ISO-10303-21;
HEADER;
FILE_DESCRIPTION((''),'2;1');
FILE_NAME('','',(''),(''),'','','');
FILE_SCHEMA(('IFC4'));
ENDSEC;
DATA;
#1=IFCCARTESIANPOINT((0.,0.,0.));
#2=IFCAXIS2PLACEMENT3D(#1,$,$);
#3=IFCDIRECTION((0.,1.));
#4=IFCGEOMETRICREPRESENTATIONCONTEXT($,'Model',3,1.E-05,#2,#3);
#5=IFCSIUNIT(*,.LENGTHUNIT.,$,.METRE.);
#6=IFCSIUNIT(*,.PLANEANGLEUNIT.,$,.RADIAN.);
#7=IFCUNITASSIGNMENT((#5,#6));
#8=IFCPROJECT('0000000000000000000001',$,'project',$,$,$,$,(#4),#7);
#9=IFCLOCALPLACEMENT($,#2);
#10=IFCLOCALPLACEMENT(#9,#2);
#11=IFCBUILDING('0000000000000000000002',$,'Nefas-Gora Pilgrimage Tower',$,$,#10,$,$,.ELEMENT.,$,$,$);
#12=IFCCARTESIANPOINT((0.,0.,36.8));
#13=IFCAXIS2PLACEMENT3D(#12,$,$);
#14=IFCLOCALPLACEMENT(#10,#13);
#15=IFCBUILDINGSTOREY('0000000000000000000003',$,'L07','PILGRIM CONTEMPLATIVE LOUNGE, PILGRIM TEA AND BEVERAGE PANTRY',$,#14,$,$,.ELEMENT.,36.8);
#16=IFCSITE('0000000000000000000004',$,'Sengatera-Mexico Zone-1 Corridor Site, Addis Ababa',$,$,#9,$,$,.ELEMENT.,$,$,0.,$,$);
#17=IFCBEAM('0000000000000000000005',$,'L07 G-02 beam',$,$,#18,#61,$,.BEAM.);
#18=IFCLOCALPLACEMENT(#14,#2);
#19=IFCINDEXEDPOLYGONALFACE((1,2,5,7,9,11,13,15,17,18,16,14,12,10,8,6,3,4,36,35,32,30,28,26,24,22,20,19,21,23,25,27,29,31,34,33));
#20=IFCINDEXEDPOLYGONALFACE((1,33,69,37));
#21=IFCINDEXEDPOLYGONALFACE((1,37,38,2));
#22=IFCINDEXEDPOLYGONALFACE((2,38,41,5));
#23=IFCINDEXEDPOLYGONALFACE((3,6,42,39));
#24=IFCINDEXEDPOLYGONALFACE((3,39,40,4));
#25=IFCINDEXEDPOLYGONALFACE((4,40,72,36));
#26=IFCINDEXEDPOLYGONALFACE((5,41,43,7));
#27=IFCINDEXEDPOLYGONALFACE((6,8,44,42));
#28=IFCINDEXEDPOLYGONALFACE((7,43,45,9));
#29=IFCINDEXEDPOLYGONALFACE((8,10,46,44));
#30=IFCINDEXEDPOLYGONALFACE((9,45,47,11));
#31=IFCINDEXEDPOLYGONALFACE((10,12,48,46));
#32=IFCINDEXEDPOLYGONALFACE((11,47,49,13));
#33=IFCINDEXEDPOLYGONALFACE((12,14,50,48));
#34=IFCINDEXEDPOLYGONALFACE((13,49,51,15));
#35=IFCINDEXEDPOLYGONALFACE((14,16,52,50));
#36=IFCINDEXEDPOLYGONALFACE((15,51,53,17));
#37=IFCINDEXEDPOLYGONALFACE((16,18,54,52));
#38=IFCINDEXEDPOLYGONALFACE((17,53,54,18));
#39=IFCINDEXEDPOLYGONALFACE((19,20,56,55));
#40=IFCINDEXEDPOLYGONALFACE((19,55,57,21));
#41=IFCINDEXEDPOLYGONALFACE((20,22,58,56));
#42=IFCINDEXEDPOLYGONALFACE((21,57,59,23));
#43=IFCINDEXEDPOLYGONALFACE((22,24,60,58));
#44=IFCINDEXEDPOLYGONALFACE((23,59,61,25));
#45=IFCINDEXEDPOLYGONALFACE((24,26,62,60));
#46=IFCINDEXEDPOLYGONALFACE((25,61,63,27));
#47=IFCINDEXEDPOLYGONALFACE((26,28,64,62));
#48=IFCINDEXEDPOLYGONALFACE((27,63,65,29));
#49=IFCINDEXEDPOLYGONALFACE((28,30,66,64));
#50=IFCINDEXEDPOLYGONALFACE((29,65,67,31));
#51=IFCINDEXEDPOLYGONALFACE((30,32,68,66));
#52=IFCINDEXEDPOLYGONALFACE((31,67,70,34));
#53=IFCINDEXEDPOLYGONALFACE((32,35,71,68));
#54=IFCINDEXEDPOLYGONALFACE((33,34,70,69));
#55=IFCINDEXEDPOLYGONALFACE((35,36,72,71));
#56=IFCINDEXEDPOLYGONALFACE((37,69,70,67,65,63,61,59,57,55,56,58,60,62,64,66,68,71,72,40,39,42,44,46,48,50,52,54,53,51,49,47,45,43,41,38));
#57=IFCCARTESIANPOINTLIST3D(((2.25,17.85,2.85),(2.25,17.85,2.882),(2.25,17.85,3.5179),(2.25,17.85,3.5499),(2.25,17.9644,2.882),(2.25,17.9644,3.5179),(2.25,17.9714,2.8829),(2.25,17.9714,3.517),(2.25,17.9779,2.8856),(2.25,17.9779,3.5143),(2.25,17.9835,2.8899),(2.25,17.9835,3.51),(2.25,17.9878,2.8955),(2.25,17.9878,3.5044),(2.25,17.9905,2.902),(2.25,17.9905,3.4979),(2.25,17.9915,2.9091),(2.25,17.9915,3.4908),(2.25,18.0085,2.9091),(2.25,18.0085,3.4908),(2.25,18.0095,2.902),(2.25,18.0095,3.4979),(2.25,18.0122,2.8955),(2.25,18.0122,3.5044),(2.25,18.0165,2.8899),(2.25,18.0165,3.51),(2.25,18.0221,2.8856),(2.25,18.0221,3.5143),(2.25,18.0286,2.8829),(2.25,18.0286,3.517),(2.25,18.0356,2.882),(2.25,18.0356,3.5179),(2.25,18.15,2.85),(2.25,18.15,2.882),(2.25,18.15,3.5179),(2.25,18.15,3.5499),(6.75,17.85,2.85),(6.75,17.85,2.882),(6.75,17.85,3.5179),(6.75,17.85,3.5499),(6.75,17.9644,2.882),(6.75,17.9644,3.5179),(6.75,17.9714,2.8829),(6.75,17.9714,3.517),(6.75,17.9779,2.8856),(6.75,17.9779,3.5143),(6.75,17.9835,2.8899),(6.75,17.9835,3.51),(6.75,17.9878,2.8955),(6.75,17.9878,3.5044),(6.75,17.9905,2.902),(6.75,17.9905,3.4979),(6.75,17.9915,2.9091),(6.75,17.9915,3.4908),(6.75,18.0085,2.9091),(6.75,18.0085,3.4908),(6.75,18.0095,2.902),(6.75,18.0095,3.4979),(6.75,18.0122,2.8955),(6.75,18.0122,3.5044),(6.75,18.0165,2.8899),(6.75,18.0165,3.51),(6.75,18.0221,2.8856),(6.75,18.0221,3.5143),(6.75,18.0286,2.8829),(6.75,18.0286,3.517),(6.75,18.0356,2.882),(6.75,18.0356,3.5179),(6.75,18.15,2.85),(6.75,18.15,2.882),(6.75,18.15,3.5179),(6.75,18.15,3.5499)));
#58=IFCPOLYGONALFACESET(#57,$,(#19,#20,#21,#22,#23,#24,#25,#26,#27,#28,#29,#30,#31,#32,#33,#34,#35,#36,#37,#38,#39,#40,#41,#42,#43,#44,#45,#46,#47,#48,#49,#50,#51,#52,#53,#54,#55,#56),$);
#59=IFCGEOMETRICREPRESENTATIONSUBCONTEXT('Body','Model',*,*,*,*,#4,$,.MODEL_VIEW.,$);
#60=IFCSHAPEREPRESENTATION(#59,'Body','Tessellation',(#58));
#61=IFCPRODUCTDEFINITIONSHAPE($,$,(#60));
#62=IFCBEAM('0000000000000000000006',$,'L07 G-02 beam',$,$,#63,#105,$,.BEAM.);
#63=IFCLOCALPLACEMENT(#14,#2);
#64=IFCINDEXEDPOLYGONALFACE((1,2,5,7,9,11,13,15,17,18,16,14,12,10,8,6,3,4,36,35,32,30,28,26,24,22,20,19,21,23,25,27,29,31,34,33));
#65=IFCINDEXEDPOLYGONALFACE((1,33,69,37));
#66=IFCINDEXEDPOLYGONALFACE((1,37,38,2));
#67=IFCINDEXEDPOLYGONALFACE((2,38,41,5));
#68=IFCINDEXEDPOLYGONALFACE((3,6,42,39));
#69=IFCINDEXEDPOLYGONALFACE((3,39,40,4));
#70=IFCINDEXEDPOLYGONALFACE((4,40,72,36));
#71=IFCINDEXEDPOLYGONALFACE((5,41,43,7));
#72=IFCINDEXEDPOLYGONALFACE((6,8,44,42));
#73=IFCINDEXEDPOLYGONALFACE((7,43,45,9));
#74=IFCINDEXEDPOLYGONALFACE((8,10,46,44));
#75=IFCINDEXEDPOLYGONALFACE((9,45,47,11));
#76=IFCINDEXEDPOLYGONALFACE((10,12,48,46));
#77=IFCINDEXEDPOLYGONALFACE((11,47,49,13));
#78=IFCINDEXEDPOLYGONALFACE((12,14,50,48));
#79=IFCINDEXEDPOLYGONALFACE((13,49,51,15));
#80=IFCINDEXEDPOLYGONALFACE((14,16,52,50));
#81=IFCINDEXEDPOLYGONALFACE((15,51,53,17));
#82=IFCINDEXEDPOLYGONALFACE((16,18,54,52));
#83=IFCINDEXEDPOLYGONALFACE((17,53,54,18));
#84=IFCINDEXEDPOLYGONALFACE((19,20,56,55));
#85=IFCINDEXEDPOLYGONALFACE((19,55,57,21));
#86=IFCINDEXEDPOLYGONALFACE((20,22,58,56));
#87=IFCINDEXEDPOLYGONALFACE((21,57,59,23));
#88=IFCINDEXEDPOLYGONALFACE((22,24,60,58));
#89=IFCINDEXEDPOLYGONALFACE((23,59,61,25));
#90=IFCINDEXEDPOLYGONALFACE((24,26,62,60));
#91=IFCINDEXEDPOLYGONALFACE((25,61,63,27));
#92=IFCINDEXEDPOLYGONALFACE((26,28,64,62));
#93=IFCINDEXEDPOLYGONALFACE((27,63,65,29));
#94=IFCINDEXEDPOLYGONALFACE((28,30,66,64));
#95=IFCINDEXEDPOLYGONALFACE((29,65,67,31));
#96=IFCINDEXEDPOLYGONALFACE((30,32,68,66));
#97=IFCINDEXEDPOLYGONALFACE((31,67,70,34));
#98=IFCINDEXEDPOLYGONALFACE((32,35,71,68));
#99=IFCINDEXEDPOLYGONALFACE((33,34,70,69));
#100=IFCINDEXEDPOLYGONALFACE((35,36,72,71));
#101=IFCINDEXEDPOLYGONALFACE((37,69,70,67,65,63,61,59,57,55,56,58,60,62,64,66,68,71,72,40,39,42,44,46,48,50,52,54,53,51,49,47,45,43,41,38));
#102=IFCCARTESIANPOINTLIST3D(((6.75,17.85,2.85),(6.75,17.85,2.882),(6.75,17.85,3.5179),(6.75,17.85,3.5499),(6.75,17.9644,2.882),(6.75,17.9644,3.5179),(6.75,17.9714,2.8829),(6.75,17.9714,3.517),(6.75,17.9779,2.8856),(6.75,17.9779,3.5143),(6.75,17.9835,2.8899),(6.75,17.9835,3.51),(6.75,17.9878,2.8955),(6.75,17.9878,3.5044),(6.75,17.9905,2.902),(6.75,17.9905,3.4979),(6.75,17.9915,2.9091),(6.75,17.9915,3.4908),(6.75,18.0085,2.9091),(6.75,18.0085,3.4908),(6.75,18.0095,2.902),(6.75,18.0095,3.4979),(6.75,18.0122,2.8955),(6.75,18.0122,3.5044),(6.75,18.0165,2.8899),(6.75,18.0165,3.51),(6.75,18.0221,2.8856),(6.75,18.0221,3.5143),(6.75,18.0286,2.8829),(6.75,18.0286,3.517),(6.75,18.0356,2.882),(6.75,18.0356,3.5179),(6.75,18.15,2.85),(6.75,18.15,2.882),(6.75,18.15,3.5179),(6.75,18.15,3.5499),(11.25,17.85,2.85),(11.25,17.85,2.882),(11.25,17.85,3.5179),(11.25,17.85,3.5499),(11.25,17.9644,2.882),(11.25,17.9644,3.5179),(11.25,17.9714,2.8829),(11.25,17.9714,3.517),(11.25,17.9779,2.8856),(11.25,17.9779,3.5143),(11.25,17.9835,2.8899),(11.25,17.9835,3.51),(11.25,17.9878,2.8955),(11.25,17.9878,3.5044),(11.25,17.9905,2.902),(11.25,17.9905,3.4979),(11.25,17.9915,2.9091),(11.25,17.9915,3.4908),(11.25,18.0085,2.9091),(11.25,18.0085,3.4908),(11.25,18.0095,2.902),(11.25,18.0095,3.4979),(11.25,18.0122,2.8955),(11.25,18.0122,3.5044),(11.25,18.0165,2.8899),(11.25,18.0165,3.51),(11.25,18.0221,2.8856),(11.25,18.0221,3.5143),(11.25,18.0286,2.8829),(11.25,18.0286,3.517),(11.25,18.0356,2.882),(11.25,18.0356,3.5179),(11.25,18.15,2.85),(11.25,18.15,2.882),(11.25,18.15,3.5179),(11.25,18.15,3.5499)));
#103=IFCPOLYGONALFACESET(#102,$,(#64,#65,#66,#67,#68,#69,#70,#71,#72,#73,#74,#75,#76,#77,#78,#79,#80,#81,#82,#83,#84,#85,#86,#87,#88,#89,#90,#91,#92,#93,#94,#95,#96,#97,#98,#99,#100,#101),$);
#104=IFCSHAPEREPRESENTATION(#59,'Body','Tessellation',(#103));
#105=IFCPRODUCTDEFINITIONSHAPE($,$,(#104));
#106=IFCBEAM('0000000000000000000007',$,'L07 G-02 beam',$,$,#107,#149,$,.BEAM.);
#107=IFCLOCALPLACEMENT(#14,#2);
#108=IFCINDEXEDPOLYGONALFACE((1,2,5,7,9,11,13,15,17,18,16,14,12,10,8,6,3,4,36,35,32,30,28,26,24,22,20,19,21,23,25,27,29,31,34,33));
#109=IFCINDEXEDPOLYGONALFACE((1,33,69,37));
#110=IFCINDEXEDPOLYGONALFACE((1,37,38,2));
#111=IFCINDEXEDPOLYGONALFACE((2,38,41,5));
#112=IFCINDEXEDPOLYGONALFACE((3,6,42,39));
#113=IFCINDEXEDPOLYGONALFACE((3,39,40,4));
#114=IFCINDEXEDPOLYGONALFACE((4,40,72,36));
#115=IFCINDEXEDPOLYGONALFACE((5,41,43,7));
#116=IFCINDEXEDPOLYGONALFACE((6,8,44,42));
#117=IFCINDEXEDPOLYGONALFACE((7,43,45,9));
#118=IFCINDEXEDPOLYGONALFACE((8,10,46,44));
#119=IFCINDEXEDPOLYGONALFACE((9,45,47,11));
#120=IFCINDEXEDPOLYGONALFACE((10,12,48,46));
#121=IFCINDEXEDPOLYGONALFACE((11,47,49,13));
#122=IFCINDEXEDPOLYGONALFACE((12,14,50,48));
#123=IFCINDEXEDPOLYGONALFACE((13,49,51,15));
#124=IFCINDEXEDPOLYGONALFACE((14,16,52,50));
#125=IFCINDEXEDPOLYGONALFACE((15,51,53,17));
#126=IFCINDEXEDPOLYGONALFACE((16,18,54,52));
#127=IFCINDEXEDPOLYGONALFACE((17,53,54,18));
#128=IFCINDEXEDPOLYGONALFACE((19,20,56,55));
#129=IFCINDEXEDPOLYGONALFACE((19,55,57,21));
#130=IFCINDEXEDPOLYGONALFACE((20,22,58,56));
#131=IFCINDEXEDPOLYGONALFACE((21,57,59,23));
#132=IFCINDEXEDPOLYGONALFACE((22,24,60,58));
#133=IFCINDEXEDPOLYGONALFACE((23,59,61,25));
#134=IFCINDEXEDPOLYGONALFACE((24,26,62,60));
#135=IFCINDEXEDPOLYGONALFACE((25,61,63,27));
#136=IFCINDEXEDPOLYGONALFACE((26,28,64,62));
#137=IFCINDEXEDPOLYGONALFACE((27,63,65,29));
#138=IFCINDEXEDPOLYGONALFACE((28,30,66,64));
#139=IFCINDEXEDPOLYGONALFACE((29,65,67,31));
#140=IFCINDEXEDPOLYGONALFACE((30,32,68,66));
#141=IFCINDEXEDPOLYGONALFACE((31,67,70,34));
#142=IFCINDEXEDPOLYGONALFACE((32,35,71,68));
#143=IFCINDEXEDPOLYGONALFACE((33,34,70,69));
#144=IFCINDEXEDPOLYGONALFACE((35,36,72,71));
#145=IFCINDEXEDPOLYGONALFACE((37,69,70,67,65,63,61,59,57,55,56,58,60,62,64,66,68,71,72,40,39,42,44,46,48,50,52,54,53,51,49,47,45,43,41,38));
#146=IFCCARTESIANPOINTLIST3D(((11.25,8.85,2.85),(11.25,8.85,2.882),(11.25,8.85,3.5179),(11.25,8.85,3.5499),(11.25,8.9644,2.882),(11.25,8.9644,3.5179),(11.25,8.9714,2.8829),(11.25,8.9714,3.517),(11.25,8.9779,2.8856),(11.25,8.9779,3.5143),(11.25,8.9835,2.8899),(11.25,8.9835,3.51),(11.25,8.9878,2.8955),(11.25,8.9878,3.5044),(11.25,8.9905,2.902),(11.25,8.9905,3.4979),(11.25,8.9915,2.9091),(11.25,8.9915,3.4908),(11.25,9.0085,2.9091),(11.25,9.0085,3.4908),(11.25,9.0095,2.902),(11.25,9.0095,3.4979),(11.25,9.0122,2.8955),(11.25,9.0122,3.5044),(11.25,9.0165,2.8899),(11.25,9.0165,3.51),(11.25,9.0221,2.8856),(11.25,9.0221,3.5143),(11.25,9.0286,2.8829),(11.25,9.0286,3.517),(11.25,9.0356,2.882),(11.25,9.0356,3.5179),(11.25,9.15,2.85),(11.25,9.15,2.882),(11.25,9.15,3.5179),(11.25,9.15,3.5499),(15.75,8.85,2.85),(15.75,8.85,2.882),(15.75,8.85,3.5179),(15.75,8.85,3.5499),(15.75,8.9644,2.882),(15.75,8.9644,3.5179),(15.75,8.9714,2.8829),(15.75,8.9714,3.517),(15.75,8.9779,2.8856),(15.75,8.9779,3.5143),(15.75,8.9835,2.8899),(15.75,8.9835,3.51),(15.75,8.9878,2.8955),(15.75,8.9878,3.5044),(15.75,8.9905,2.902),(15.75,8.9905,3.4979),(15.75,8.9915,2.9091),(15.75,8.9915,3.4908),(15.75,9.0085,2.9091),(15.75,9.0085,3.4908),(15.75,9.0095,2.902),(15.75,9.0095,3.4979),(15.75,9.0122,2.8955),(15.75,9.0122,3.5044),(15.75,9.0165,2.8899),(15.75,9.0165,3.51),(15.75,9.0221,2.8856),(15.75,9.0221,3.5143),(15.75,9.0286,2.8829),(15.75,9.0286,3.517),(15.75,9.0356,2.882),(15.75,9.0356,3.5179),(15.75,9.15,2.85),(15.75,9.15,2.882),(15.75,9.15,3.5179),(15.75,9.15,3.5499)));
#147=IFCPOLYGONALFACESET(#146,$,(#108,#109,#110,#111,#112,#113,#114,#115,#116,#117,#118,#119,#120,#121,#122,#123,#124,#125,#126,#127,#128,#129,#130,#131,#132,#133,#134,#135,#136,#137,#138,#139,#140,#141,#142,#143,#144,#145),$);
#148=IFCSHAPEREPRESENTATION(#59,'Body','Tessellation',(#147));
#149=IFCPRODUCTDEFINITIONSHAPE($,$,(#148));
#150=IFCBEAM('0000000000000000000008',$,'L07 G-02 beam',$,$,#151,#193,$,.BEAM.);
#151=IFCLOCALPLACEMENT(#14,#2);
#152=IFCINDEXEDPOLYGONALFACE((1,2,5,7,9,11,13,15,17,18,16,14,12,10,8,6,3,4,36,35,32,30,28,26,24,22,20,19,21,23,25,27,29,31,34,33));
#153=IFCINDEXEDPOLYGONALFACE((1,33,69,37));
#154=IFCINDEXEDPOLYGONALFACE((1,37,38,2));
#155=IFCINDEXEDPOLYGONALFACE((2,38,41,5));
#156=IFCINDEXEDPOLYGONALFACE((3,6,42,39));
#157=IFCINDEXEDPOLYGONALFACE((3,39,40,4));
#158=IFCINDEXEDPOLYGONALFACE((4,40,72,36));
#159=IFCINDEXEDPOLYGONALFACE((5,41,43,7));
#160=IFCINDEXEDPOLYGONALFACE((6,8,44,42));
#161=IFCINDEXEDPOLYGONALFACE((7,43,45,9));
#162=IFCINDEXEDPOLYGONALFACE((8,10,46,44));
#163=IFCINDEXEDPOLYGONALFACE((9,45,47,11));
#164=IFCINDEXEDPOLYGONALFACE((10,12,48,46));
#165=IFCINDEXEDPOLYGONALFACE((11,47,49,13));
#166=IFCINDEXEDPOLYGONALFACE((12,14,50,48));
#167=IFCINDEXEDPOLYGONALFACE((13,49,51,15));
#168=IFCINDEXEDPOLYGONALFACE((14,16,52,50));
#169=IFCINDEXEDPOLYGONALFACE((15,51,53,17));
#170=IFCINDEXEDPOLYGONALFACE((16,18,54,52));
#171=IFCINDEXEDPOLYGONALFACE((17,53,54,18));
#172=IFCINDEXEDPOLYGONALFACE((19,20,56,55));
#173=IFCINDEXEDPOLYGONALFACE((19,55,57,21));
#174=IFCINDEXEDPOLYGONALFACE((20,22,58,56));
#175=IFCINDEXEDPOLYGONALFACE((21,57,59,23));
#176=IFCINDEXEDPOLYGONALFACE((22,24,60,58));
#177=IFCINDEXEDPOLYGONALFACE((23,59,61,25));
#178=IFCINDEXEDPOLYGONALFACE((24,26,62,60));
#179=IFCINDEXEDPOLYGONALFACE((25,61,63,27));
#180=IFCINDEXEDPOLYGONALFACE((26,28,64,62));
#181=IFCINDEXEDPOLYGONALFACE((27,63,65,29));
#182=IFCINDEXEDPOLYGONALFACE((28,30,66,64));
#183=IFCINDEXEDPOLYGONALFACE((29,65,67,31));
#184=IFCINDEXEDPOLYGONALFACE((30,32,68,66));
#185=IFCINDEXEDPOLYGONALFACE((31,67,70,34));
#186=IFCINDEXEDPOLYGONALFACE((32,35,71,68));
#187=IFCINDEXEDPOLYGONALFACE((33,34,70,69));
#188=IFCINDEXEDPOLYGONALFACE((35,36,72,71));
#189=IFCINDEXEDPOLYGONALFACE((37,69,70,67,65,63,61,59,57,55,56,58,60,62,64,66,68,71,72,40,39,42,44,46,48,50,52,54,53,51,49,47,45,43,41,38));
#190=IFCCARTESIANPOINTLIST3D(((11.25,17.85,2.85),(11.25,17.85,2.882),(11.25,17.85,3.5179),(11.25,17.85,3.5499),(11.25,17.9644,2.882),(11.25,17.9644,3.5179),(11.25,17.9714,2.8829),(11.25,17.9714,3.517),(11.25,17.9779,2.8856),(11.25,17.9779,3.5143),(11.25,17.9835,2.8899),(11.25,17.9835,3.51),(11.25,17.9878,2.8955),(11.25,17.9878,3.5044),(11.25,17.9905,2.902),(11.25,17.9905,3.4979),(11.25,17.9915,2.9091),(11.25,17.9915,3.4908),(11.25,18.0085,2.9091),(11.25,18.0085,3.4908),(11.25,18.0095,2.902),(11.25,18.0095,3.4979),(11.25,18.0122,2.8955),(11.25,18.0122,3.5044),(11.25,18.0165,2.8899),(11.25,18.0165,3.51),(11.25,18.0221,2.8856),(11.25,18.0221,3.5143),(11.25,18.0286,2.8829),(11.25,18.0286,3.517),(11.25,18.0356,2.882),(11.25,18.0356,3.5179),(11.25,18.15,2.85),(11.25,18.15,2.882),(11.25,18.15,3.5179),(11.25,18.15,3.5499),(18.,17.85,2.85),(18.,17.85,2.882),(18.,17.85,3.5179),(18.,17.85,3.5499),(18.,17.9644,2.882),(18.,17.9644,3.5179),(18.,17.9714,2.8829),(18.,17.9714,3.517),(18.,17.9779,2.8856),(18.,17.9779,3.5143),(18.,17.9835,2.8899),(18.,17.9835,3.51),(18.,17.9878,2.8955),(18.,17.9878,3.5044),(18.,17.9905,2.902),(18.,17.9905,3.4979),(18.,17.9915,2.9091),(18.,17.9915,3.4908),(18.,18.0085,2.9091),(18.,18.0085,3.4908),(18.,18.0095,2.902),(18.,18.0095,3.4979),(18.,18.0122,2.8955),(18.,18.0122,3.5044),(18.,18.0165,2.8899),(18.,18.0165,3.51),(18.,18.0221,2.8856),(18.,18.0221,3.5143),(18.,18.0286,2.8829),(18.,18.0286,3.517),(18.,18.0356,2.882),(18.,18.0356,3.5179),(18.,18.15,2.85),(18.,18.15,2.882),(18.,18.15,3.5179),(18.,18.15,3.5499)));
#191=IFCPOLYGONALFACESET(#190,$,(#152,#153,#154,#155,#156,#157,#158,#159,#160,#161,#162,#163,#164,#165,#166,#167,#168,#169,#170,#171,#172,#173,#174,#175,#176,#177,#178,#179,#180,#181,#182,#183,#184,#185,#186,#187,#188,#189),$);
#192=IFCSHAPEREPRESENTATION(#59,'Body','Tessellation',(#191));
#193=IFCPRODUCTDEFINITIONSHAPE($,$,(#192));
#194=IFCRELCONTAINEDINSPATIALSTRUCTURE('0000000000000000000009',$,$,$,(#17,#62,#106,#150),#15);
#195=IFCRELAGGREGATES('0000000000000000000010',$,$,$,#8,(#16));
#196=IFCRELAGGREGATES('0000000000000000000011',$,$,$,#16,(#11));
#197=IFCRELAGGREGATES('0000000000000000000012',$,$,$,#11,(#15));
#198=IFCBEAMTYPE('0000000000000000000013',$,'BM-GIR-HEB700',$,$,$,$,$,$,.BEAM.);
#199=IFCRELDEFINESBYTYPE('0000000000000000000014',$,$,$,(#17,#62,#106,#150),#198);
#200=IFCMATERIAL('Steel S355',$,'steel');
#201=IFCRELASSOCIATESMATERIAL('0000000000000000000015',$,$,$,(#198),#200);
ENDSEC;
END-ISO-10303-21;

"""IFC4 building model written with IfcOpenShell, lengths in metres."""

from ifc_helpers import new_model, si_unit, direction, frame, origin, origin_2d, place, context, subcontext, project, spatial, i_section, extrude, source, transform, mapped, material, material_profile, profile_set, type_object, element, save


model = new_model("IFC4")

# Units and contexts
model_context = context("Model", 3, precision=1e-05, world=origin(), true_north=direction((0.0, 1.0)))
body_context = subcontext(model_context, "Body", "Model", "MODEL_VIEW")
ifc_project = project(units=[si_unit("LENGTHUNIT", "METRE"), si_unit("PLANEANGLEUNIT", "RADIAN")], contexts=[model_context])

# Site, building, storey
site_placement = place(None, origin())
site = spatial("IfcSite", under=ifc_project, at=site_placement, Name="Sengatera-Mexico Zone-1 Corridor Site, Addis Ababa", CompositionType="ELEMENT", RefElevation=0.0)
building_placement = place(site_placement, origin())
building = spatial("IfcBuilding", under=site, at=building_placement, Name="Nefas-Gora Pilgrimage Tower", CompositionType="ELEMENT")
storey_placement = place(building_placement, frame((0.0, 0.0, 36.8)))
storey = spatial("IfcBuildingStorey", under=building, at=storey_placement, Name="L07", Description="PILGRIM CONTEMPLATIVE LOUNGE, PILGRIM TEA AND BEVERAGE PANTRY", CompositionType="ELEMENT", Elevation=36.8)

# Beams
ifc_material_1 = material(Name="Steel S355", Category="steel")
ifc_material_profile_1 = material_profile(ifc_material_1, i_section(OverallWidth=0.3, OverallDepth=0.7, WebThickness=0.0171, FlangeThickness=0.032, FilletRadius=0.0271, at=origin_2d()), Name="HEB 700")
ifc_profile_set_1 = profile_set([ifc_material_profile_1], Name="Steel S355")
beam_type_1 = type_object("IfcBeamType", Name="BM-GIR-HEB700", PredefinedType="BEAM", material=ifc_profile_set_1)
shared_shape_1 = source(origin(), body_context, "Body", "SweptSolid", [
    extrude(i_section(OverallWidth=0.3, OverallDepth=0.7, WebThickness=0.0171, FlangeThickness=0.032, FilletRadius=0.0271, at=origin_2d()), origin(), (0.0, 0.0, 1.0), 4.5),
])
for number, where, z_axis, x_axis, name in (
    (1, (2.25, 18.0, 3.2), (1.0, 0.0, 0.0), (0.0, 1.0, 0.0), "L07 G-02 beam"),
    (2, (6.75, 18.0, 3.2), (1.0, 0.0, 0.0), (0.0, 1.0, 0.0), "L07 G-02 beam"),
    (3, (11.25, 9.0, 3.2), (1.0, 0.0, 0.0), (0.0, 1.0, 0.0), "L07 G-02 beam"),
):
    element("IfcBeam", number, at=place(storey_placement, frame(where, z_axis=z_axis, x_axis=x_axis)), inside=storey, type_object=beam_type_1, Name=name, PredefinedType="BEAM", context=body_context, shape_type="MappedRepresentation", body=[
        mapped(shared_shape_1, transform((0.0, 0.0, 0.0), x_axis=(1.0, 0.0, 0.0), y_axis=(0.0, 1.0, 0.0), z_axis=(0.0, 0.0, 1.0), scale=1.0)),
    ])
shared_shape_2 = source(origin(), body_context, "Body", "SweptSolid", [
    extrude(i_section(OverallWidth=0.3, OverallDepth=0.7, WebThickness=0.0171, FlangeThickness=0.032, FilletRadius=0.0271, at=origin_2d()), origin(), (0.0, 0.0, 1.0), 6.75),
])
beam_1_placement = place(storey_placement, frame((11.25, 18.0, 3.2), z_axis=(1.0, 0.0, 0.0), x_axis=(0.0, 1.0, 0.0)))
element("IfcBeam", 4, at=beam_1_placement, inside=storey, type_object=beam_type_1, Name="L07 G-02 beam", PredefinedType="BEAM", context=body_context, shape_type="MappedRepresentation", body=[
    mapped(shared_shape_2, transform((0.0, 0.0, 0.0), x_axis=(1.0, 0.0, 0.0), y_axis=(0.0, 1.0, 0.0), z_axis=(0.0, 0.0, 1.0), scale=1.0)),
])

save(model, "model.ifc")
